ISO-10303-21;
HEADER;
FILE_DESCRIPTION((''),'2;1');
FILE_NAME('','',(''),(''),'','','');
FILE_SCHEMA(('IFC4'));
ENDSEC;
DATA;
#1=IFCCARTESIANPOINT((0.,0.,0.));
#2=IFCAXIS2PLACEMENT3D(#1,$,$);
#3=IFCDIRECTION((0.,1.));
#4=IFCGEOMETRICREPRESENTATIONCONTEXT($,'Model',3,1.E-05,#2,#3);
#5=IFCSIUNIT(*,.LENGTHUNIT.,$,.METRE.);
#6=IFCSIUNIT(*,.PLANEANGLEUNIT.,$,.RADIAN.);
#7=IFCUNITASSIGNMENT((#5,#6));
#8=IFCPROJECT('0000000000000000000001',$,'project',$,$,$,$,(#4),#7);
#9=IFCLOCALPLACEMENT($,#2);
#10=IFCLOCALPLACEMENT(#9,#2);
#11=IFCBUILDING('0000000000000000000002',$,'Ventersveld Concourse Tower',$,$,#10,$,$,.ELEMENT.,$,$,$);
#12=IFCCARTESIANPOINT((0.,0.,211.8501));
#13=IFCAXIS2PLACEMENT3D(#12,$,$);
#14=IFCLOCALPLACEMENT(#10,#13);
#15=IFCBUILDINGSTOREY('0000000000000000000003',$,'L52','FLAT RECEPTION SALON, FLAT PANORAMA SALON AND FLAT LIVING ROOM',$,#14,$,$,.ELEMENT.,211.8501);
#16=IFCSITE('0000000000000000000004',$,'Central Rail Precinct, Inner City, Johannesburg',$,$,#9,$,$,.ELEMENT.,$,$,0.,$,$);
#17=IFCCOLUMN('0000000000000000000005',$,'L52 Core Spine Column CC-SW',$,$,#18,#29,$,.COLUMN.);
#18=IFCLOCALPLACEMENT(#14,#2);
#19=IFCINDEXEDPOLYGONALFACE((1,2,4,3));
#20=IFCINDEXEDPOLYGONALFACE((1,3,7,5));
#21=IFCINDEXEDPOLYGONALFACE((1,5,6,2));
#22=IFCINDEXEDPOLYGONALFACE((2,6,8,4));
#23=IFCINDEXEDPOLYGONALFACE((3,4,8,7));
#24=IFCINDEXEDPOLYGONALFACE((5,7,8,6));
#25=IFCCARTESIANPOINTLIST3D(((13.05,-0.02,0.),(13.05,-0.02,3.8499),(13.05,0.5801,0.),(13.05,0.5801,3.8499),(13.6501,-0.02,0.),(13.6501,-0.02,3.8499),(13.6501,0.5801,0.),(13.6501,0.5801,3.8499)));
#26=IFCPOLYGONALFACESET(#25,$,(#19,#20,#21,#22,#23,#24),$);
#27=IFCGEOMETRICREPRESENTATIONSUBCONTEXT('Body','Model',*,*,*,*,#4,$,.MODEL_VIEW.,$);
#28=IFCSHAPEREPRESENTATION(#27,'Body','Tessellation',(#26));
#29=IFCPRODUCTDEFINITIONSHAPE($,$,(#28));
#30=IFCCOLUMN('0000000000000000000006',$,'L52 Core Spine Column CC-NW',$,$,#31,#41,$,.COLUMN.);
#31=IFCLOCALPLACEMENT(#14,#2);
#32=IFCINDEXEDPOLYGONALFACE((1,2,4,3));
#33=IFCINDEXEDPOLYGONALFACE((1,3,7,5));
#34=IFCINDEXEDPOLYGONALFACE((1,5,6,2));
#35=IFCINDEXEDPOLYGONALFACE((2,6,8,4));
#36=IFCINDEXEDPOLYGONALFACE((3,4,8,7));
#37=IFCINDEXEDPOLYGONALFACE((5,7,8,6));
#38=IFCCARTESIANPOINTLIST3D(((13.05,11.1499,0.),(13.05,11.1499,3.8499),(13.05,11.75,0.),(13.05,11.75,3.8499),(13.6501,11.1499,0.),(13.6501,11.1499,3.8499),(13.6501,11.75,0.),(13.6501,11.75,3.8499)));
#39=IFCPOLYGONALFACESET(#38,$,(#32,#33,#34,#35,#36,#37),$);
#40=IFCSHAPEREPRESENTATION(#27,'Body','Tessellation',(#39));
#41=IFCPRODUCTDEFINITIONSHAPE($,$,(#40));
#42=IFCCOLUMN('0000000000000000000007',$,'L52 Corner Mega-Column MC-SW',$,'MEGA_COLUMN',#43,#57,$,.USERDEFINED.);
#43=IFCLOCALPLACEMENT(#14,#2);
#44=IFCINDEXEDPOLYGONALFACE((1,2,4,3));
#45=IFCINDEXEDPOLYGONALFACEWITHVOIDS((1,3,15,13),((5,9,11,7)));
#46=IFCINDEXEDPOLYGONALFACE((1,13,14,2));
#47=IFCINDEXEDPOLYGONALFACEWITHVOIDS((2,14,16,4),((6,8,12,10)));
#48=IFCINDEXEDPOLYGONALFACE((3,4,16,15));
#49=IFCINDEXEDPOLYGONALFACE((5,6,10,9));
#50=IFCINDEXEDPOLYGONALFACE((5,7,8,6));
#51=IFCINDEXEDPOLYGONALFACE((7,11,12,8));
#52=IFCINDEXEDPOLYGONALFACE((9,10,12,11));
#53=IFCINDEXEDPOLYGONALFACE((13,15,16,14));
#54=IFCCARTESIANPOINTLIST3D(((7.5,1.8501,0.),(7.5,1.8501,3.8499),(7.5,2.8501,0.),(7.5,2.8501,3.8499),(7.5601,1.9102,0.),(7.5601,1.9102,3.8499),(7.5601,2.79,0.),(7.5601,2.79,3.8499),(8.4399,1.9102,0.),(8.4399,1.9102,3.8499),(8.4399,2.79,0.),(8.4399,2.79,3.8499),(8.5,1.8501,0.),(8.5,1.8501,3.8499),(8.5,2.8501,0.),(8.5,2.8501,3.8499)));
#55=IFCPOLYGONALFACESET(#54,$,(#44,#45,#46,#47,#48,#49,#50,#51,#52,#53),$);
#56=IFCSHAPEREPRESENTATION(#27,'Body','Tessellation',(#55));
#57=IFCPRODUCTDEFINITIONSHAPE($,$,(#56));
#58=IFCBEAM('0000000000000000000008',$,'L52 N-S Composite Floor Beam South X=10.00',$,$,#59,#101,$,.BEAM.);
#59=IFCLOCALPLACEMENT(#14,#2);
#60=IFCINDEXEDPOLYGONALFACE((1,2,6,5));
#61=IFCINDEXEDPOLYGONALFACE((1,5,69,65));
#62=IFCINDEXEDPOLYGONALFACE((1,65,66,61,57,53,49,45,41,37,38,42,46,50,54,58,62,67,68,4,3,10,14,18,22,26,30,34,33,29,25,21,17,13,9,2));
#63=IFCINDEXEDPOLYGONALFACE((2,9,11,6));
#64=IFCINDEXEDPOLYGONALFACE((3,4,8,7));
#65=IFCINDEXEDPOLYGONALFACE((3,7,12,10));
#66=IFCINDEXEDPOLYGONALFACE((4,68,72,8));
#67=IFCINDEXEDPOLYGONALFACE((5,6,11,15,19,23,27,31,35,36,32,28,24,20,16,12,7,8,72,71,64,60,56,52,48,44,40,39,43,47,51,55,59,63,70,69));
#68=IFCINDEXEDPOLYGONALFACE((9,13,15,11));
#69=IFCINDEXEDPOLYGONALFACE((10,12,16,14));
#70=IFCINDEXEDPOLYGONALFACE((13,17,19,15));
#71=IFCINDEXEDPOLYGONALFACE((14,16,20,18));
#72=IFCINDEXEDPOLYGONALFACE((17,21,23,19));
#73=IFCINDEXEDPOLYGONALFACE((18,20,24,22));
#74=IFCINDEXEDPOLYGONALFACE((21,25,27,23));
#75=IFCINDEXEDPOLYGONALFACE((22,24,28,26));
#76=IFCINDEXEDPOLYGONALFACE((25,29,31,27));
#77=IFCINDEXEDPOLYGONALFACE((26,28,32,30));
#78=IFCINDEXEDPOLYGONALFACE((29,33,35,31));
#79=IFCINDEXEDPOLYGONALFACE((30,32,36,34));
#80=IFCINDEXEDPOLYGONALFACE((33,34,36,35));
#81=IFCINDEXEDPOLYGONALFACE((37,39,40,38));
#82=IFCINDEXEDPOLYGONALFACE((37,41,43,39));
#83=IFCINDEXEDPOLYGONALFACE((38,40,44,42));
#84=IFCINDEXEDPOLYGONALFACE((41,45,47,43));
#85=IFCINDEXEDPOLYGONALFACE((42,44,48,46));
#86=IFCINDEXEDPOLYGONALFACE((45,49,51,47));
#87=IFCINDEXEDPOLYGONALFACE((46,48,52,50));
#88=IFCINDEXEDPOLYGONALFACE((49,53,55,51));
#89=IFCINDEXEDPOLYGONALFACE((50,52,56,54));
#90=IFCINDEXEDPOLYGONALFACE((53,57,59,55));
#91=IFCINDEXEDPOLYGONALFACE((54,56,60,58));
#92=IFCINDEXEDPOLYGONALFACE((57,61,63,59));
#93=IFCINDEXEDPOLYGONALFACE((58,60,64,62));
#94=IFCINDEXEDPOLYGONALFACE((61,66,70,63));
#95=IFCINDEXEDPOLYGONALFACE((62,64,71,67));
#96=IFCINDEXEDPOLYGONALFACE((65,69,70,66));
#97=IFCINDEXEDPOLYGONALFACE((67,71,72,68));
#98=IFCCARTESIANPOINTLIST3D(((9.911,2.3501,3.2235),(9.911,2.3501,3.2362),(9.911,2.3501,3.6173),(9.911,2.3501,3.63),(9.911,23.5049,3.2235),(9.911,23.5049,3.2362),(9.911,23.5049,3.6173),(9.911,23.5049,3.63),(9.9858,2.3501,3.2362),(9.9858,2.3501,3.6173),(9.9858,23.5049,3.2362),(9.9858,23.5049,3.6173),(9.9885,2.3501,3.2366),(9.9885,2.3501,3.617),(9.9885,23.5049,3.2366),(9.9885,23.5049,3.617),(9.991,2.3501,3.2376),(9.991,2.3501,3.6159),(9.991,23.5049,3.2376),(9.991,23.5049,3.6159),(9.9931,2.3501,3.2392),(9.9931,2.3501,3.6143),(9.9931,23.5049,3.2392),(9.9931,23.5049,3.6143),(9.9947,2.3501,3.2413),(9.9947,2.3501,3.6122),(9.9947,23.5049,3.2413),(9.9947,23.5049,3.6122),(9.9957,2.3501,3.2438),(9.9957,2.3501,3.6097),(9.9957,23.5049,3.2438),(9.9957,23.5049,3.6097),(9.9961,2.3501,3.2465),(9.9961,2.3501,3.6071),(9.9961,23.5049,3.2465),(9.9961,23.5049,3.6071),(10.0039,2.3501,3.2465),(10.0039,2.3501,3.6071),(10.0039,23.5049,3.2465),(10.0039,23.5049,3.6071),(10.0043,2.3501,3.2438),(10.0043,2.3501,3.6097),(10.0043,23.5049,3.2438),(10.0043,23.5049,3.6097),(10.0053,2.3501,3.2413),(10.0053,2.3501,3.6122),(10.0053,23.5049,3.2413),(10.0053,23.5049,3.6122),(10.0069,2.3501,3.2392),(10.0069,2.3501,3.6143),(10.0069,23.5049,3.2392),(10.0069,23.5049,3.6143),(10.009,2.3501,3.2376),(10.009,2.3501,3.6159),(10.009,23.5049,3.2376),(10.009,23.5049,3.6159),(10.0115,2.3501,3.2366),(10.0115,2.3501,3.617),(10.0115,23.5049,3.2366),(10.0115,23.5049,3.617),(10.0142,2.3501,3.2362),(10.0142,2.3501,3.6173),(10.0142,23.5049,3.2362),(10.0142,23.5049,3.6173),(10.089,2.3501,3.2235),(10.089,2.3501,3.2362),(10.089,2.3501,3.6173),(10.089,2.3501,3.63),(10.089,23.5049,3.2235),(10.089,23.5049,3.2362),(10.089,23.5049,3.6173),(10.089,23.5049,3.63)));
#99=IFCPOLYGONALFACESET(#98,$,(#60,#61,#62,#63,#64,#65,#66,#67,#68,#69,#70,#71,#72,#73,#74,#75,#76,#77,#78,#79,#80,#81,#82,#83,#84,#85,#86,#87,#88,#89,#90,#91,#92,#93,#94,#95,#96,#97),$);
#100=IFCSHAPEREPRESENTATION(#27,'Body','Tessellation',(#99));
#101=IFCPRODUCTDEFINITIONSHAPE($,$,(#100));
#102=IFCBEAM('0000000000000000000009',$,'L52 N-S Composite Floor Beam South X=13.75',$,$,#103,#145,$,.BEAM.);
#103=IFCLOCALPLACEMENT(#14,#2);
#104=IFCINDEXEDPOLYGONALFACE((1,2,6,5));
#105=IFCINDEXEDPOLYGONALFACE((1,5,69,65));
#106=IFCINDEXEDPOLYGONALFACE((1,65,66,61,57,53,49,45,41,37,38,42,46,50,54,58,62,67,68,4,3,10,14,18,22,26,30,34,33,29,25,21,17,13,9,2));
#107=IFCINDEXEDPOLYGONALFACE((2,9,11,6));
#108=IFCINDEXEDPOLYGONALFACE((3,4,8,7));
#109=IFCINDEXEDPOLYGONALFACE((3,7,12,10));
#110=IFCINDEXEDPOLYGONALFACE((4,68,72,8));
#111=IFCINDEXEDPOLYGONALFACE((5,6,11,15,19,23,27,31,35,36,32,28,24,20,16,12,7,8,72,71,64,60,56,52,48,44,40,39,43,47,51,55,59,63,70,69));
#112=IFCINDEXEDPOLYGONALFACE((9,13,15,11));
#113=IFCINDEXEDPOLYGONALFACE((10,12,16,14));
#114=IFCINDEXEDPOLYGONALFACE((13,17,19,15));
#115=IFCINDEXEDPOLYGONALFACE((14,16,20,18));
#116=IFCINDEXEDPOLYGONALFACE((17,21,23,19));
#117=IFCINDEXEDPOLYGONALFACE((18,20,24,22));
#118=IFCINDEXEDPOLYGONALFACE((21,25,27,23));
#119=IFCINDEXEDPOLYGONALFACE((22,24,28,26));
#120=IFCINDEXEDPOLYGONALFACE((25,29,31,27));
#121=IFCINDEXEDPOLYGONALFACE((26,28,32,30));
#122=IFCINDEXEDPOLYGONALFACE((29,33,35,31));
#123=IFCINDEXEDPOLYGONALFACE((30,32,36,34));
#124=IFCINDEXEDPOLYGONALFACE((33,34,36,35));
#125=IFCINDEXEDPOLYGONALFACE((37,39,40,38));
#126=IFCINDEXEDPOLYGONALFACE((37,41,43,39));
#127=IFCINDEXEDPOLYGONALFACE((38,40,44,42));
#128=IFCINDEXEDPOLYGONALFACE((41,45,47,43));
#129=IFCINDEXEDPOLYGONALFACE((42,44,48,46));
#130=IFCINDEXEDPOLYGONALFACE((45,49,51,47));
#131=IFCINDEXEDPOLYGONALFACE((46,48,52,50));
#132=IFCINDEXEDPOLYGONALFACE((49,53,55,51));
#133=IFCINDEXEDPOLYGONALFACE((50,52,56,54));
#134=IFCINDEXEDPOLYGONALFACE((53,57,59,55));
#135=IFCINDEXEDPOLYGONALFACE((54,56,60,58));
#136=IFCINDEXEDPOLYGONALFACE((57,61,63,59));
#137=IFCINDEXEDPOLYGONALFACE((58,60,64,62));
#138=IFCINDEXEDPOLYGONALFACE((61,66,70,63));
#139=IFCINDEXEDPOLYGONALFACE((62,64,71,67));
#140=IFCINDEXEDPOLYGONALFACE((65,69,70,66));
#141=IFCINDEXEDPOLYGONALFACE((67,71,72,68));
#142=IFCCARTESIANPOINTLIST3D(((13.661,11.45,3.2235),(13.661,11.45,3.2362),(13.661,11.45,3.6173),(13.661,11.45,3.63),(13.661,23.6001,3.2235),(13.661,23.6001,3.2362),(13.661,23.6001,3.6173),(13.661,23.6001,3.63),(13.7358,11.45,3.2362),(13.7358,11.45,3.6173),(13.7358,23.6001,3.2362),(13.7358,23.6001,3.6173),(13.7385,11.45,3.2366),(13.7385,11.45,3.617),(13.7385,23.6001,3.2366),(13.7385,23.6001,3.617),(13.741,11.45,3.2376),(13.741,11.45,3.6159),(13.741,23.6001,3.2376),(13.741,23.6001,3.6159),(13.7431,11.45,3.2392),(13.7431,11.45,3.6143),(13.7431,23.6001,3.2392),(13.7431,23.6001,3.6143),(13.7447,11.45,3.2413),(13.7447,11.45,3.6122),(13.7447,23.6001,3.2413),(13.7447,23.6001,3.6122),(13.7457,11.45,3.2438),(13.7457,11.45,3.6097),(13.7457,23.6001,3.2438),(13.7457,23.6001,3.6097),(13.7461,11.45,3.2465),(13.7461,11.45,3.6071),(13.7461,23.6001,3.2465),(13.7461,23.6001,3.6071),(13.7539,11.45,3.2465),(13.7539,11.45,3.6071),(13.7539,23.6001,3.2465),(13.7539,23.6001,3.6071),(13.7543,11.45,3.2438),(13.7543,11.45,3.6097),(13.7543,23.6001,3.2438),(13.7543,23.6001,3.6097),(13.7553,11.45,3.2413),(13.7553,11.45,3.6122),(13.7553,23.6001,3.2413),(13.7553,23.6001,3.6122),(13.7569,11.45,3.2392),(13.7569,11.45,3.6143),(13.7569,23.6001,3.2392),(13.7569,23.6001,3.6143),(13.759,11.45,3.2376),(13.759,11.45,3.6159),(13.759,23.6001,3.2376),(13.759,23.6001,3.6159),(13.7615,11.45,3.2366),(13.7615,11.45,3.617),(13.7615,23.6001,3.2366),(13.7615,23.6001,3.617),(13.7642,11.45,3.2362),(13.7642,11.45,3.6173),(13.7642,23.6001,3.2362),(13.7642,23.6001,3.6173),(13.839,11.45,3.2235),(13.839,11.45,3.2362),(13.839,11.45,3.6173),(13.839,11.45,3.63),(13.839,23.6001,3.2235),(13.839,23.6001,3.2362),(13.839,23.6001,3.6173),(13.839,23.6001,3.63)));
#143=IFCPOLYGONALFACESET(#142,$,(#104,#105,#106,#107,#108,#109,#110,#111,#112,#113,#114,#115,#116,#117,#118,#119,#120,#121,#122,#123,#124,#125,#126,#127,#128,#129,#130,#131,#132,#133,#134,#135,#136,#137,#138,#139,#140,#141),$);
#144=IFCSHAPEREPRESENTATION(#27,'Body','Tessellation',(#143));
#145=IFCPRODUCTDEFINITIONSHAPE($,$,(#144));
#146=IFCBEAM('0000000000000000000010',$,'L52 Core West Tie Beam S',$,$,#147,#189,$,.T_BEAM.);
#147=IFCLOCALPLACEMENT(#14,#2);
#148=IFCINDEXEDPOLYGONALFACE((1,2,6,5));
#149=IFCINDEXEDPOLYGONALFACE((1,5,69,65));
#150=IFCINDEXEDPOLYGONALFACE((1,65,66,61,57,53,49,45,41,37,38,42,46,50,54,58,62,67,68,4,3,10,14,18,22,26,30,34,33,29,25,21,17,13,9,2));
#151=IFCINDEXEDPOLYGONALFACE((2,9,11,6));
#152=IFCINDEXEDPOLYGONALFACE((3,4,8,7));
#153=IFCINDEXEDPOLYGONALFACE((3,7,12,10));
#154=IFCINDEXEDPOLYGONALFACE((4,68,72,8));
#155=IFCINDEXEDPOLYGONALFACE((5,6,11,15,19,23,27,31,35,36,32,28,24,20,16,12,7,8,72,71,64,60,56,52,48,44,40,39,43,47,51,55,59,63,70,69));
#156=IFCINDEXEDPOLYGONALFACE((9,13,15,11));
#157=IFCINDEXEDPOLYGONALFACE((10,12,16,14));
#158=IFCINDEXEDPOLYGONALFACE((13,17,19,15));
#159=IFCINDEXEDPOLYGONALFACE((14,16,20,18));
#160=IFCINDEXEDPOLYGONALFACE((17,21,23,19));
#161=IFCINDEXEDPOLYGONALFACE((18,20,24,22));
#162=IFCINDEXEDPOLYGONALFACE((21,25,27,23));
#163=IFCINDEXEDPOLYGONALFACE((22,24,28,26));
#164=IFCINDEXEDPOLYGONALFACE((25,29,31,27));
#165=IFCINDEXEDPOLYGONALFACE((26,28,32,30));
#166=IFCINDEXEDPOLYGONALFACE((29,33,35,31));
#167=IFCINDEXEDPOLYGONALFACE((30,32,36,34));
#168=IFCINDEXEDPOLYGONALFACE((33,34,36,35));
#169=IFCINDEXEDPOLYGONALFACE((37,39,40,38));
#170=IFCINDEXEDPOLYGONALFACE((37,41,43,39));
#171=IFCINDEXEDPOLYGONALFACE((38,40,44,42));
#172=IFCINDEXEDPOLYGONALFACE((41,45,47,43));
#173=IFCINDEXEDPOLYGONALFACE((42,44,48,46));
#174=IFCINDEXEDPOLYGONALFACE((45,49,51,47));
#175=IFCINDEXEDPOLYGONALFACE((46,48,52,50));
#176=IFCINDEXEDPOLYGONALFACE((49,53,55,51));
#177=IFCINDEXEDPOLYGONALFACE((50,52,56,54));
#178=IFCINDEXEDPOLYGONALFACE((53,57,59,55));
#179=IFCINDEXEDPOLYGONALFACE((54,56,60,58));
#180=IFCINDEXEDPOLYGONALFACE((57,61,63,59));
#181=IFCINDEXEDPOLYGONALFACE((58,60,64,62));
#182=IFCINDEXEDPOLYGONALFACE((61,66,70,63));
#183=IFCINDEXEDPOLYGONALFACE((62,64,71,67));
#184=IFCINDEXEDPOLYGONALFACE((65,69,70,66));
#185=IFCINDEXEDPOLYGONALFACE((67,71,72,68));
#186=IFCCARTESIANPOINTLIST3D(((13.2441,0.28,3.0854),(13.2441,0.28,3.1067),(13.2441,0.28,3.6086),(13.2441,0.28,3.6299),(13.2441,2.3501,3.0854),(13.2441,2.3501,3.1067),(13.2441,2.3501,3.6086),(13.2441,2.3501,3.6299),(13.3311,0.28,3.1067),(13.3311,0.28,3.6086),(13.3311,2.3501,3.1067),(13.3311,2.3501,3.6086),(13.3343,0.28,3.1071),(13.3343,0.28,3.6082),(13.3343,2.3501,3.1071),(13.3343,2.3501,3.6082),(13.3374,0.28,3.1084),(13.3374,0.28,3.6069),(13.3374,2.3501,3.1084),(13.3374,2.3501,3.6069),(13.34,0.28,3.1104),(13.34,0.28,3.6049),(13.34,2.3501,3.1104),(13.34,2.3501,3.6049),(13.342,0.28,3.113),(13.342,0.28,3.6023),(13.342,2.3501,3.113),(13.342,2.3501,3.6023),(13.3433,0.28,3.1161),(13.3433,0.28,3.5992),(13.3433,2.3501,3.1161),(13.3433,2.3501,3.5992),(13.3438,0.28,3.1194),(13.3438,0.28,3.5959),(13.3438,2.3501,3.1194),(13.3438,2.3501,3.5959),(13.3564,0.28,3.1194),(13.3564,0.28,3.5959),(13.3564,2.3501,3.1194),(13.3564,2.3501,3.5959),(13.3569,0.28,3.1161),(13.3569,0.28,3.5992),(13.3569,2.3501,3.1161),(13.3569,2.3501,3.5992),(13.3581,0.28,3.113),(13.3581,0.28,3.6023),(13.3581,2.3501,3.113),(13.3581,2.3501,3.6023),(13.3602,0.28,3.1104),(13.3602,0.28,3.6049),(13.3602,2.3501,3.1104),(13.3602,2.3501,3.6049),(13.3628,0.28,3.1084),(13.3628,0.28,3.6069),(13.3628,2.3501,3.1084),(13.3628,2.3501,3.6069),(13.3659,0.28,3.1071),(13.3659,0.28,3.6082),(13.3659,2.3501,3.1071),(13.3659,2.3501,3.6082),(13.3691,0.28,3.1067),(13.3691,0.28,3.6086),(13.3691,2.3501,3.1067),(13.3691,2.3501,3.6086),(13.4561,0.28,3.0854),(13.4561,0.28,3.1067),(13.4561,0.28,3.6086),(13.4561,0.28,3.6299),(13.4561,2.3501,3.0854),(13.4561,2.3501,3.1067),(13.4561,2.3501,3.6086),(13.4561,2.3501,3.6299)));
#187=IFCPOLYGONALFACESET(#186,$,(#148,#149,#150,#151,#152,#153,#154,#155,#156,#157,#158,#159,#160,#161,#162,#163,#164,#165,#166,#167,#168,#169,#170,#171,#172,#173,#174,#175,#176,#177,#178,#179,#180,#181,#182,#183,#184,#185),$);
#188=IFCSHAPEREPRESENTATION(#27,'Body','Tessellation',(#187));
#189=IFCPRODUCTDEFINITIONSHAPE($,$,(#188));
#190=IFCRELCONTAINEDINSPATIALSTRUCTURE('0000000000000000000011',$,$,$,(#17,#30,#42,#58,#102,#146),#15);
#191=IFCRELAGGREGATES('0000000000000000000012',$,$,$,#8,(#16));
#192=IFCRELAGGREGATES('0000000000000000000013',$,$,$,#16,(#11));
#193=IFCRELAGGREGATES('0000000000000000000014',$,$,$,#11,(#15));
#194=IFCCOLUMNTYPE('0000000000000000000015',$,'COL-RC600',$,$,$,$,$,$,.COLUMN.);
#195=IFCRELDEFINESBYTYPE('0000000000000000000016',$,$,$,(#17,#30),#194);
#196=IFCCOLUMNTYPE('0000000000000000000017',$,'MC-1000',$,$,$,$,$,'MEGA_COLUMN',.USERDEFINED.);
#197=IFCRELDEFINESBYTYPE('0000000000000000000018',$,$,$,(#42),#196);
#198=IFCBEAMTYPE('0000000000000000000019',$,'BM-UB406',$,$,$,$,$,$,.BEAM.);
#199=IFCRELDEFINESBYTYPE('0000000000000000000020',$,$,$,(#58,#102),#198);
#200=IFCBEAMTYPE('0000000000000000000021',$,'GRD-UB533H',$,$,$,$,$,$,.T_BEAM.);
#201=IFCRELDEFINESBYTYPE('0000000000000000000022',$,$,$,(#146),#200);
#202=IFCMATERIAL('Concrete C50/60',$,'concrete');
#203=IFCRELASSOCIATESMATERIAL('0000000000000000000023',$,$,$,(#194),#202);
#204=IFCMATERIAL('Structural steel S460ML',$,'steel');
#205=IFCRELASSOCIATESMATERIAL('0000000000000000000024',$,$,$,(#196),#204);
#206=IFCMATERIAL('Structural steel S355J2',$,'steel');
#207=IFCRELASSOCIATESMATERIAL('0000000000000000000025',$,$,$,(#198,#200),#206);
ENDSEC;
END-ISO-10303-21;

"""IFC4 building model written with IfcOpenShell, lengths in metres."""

from ifc_helpers import new_model, si_unit, direction, frame, origin, origin_2d, place, context, subcontext, project, spatial, rectangle, hollow_rectangle, i_section, extrude, material, material_profile, profile_set, type_object, element, save


model = new_model("IFC4")

# Units and contexts
model_context = context("Model", 3, precision=1e-05, world=origin(), true_north=direction((0.0, 1.0)))
body_context = subcontext(model_context, "Body", "Model", "MODEL_VIEW")
ifc_project = project(units=[si_unit("LENGTHUNIT", "METRE"), si_unit("PLANEANGLEUNIT", "RADIAN")], contexts=[model_context])

# Site, building, storey
site_placement = place(None, origin())
site = spatial("IfcSite", under=ifc_project, at=site_placement, Name="Central Rail Precinct, Inner City, Johannesburg", CompositionType="ELEMENT", RefElevation=0.0)
building_placement = place(site_placement, origin())
building = spatial("IfcBuilding", under=site, at=building_placement, Name="Ventersveld Concourse Tower", CompositionType="ELEMENT")
storey_placement = place(building_placement, frame((0.0, 0.0, 211.8501)))
storey = spatial("IfcBuildingStorey", under=building, at=storey_placement, Name="L52", Description="FLAT RECEPTION SALON, FLAT PANORAMA SALON AND FLAT LIVING ROOM", CompositionType="ELEMENT", Elevation=211.8501)

# Columns
ifc_material_1 = material(Name="Concrete C50/60", Category="concrete")
ifc_material_profile_1 = material_profile(ifc_material_1, rectangle(XDim=0.6001, YDim=0.6001, at=origin_2d()), Name="RC 600x600")
ifc_profile_set_1 = profile_set([ifc_material_profile_1], Name="Concrete C50/60")
column_type_1 = type_object("IfcColumnType", Name="COL-RC600", PredefinedType="COLUMN", material=ifc_profile_set_1)
for number, where, z_axis, x_axis, name in (
    (1, (13.3501, 0.28, 0.0), (0.0, 0.0, 1.0), (1.0, 0.0, 0.0), "L52 Core Spine Column CC-SW"),
    (2, (13.3501, 11.45, 0.0), (0.0, 0.0, 1.0), (1.0, 0.0, 0.0), "L52 Core Spine Column CC-NW"),
):
    element("IfcColumn", number, at=place(storey_placement, frame(where, z_axis=z_axis, x_axis=x_axis)), inside=storey, type_object=column_type_1, Name=name, PredefinedType="COLUMN", context=body_context, shape_type="SweptSolid", body=[
        extrude(rectangle(XDim=0.6001, YDim=0.6001, at=origin_2d()), origin(), (0.0, 0.0, 1.0), 3.8499),
    ])
ifc_material_2 = material(Name="Structural steel S460ML", Category="steel")
ifc_material_profile_2 = material_profile(ifc_material_2, hollow_rectangle(XDim=1.0, YDim=1.0, WallThickness=0.0601, at=origin_2d()), Name="BOX 1000x1000x60")
ifc_profile_set_2 = profile_set([ifc_material_profile_2], Name="Structural steel S460ML")
column_type_2 = type_object("IfcColumnType", Name="MC-1000", ElementType="MEGA_COLUMN", PredefinedType="USERDEFINED", material=ifc_profile_set_2)
column_placement = place(storey_placement, frame((8.0, 2.3501, 0.0), z_axis=(0.0, 0.0, 1.0), x_axis=(1.0, 0.0, 0.0)))
element("IfcColumn", 3, at=column_placement, inside=storey, type_object=column_type_2, Name="L52 Corner Mega-Column MC-SW", ObjectType="MEGA_COLUMN", PredefinedType="USERDEFINED", context=body_context, shape_type="SweptSolid", body=[
    extrude(hollow_rectangle(XDim=1.0, YDim=1.0, WallThickness=0.0601, at=origin_2d()), origin(), (0.0, 0.0, 1.0), 3.8499),
])

# Beams
ifc_material_3 = material(Name="Structural steel S355J2", Category="steel")
ifc_material_profile_3 = material_profile(ifc_material_3, i_section(OverallWidth=0.178, OverallDepth=0.4065, WebThickness=0.0078, FlangeThickness=0.0127, FilletRadius=0.0103, at=origin_2d()), Name="UB 406x178x60")
ifc_profile_set_3 = profile_set([ifc_material_profile_3], Name="Structural steel S355J2")
beam_type_1 = type_object("IfcBeamType", Name="BM-UB406", PredefinedType="BEAM", material=ifc_profile_set_3)
beam_1_placement = place(storey_placement, frame((10.0, 2.3501, 3.4268), z_axis=(0.0, 1.0, 0.0), x_axis=(-1.0, 0.0, 0.0)))
element("IfcBeam", 4, at=beam_1_placement, inside=storey, type_object=beam_type_1, Name="L52 N-S Composite Floor Beam South X=10.00", PredefinedType="BEAM", context=body_context, shape_type="SweptSolid", body=[
    extrude(i_section(OverallWidth=0.178, OverallDepth=0.4065, WebThickness=0.0078, FlangeThickness=0.0127, FilletRadius=0.0103, at=origin_2d()), origin(), (0.0, 0.0, 1.0), 21.1548),
])
beam_2_placement = place(storey_placement, frame((13.75, 11.45, 3.4268), z_axis=(0.0, 1.0, 0.0), x_axis=(-1.0, 0.0, 0.0)))
element("IfcBeam", 5, at=beam_2_placement, inside=storey, type_object=beam_type_1, Name="L52 N-S Composite Floor Beam South X=13.75", PredefinedType="BEAM", context=body_context, shape_type="SweptSolid", body=[
    extrude(i_section(OverallWidth=0.178, OverallDepth=0.4065, WebThickness=0.0078, FlangeThickness=0.0127, FilletRadius=0.0103, at=origin_2d()), origin(), (0.0, 0.0, 1.0), 12.1501),
])
ifc_material_profile_4 = material_profile(ifc_material_3, i_section(OverallWidth=0.2119, OverallDepth=0.5444, WebThickness=0.0127, FlangeThickness=0.0212, FilletRadius=0.0127, at=origin_2d()), Name="UB 533x210x122")
ifc_profile_set_4 = profile_set([ifc_material_profile_4], Name="Structural steel S355J2")
beam_type_2 = type_object("IfcBeamType", Name="GRD-UB533H", PredefinedType="T_BEAM", material=ifc_profile_set_4)
beam_3_placement = place(storey_placement, frame((13.3501, 0.28, 3.3577), z_axis=(0.0, 1.0, 0.0), x_axis=(-1.0, 0.0, 0.0)))
element("IfcBeam", 6, at=beam_3_placement, inside=storey, type_object=beam_type_2, Name="L52 Core West Tie Beam S", PredefinedType="T_BEAM", context=body_context, shape_type="SweptSolid", body=[
    extrude(i_section(OverallWidth=0.2119, OverallDepth=0.5444, WebThickness=0.0127, FlangeThickness=0.0212, FilletRadius=0.0127, at=origin_2d()), origin(), (0.0, 0.0, 1.0), 2.0701),
])

save(model, "model.ifc")
